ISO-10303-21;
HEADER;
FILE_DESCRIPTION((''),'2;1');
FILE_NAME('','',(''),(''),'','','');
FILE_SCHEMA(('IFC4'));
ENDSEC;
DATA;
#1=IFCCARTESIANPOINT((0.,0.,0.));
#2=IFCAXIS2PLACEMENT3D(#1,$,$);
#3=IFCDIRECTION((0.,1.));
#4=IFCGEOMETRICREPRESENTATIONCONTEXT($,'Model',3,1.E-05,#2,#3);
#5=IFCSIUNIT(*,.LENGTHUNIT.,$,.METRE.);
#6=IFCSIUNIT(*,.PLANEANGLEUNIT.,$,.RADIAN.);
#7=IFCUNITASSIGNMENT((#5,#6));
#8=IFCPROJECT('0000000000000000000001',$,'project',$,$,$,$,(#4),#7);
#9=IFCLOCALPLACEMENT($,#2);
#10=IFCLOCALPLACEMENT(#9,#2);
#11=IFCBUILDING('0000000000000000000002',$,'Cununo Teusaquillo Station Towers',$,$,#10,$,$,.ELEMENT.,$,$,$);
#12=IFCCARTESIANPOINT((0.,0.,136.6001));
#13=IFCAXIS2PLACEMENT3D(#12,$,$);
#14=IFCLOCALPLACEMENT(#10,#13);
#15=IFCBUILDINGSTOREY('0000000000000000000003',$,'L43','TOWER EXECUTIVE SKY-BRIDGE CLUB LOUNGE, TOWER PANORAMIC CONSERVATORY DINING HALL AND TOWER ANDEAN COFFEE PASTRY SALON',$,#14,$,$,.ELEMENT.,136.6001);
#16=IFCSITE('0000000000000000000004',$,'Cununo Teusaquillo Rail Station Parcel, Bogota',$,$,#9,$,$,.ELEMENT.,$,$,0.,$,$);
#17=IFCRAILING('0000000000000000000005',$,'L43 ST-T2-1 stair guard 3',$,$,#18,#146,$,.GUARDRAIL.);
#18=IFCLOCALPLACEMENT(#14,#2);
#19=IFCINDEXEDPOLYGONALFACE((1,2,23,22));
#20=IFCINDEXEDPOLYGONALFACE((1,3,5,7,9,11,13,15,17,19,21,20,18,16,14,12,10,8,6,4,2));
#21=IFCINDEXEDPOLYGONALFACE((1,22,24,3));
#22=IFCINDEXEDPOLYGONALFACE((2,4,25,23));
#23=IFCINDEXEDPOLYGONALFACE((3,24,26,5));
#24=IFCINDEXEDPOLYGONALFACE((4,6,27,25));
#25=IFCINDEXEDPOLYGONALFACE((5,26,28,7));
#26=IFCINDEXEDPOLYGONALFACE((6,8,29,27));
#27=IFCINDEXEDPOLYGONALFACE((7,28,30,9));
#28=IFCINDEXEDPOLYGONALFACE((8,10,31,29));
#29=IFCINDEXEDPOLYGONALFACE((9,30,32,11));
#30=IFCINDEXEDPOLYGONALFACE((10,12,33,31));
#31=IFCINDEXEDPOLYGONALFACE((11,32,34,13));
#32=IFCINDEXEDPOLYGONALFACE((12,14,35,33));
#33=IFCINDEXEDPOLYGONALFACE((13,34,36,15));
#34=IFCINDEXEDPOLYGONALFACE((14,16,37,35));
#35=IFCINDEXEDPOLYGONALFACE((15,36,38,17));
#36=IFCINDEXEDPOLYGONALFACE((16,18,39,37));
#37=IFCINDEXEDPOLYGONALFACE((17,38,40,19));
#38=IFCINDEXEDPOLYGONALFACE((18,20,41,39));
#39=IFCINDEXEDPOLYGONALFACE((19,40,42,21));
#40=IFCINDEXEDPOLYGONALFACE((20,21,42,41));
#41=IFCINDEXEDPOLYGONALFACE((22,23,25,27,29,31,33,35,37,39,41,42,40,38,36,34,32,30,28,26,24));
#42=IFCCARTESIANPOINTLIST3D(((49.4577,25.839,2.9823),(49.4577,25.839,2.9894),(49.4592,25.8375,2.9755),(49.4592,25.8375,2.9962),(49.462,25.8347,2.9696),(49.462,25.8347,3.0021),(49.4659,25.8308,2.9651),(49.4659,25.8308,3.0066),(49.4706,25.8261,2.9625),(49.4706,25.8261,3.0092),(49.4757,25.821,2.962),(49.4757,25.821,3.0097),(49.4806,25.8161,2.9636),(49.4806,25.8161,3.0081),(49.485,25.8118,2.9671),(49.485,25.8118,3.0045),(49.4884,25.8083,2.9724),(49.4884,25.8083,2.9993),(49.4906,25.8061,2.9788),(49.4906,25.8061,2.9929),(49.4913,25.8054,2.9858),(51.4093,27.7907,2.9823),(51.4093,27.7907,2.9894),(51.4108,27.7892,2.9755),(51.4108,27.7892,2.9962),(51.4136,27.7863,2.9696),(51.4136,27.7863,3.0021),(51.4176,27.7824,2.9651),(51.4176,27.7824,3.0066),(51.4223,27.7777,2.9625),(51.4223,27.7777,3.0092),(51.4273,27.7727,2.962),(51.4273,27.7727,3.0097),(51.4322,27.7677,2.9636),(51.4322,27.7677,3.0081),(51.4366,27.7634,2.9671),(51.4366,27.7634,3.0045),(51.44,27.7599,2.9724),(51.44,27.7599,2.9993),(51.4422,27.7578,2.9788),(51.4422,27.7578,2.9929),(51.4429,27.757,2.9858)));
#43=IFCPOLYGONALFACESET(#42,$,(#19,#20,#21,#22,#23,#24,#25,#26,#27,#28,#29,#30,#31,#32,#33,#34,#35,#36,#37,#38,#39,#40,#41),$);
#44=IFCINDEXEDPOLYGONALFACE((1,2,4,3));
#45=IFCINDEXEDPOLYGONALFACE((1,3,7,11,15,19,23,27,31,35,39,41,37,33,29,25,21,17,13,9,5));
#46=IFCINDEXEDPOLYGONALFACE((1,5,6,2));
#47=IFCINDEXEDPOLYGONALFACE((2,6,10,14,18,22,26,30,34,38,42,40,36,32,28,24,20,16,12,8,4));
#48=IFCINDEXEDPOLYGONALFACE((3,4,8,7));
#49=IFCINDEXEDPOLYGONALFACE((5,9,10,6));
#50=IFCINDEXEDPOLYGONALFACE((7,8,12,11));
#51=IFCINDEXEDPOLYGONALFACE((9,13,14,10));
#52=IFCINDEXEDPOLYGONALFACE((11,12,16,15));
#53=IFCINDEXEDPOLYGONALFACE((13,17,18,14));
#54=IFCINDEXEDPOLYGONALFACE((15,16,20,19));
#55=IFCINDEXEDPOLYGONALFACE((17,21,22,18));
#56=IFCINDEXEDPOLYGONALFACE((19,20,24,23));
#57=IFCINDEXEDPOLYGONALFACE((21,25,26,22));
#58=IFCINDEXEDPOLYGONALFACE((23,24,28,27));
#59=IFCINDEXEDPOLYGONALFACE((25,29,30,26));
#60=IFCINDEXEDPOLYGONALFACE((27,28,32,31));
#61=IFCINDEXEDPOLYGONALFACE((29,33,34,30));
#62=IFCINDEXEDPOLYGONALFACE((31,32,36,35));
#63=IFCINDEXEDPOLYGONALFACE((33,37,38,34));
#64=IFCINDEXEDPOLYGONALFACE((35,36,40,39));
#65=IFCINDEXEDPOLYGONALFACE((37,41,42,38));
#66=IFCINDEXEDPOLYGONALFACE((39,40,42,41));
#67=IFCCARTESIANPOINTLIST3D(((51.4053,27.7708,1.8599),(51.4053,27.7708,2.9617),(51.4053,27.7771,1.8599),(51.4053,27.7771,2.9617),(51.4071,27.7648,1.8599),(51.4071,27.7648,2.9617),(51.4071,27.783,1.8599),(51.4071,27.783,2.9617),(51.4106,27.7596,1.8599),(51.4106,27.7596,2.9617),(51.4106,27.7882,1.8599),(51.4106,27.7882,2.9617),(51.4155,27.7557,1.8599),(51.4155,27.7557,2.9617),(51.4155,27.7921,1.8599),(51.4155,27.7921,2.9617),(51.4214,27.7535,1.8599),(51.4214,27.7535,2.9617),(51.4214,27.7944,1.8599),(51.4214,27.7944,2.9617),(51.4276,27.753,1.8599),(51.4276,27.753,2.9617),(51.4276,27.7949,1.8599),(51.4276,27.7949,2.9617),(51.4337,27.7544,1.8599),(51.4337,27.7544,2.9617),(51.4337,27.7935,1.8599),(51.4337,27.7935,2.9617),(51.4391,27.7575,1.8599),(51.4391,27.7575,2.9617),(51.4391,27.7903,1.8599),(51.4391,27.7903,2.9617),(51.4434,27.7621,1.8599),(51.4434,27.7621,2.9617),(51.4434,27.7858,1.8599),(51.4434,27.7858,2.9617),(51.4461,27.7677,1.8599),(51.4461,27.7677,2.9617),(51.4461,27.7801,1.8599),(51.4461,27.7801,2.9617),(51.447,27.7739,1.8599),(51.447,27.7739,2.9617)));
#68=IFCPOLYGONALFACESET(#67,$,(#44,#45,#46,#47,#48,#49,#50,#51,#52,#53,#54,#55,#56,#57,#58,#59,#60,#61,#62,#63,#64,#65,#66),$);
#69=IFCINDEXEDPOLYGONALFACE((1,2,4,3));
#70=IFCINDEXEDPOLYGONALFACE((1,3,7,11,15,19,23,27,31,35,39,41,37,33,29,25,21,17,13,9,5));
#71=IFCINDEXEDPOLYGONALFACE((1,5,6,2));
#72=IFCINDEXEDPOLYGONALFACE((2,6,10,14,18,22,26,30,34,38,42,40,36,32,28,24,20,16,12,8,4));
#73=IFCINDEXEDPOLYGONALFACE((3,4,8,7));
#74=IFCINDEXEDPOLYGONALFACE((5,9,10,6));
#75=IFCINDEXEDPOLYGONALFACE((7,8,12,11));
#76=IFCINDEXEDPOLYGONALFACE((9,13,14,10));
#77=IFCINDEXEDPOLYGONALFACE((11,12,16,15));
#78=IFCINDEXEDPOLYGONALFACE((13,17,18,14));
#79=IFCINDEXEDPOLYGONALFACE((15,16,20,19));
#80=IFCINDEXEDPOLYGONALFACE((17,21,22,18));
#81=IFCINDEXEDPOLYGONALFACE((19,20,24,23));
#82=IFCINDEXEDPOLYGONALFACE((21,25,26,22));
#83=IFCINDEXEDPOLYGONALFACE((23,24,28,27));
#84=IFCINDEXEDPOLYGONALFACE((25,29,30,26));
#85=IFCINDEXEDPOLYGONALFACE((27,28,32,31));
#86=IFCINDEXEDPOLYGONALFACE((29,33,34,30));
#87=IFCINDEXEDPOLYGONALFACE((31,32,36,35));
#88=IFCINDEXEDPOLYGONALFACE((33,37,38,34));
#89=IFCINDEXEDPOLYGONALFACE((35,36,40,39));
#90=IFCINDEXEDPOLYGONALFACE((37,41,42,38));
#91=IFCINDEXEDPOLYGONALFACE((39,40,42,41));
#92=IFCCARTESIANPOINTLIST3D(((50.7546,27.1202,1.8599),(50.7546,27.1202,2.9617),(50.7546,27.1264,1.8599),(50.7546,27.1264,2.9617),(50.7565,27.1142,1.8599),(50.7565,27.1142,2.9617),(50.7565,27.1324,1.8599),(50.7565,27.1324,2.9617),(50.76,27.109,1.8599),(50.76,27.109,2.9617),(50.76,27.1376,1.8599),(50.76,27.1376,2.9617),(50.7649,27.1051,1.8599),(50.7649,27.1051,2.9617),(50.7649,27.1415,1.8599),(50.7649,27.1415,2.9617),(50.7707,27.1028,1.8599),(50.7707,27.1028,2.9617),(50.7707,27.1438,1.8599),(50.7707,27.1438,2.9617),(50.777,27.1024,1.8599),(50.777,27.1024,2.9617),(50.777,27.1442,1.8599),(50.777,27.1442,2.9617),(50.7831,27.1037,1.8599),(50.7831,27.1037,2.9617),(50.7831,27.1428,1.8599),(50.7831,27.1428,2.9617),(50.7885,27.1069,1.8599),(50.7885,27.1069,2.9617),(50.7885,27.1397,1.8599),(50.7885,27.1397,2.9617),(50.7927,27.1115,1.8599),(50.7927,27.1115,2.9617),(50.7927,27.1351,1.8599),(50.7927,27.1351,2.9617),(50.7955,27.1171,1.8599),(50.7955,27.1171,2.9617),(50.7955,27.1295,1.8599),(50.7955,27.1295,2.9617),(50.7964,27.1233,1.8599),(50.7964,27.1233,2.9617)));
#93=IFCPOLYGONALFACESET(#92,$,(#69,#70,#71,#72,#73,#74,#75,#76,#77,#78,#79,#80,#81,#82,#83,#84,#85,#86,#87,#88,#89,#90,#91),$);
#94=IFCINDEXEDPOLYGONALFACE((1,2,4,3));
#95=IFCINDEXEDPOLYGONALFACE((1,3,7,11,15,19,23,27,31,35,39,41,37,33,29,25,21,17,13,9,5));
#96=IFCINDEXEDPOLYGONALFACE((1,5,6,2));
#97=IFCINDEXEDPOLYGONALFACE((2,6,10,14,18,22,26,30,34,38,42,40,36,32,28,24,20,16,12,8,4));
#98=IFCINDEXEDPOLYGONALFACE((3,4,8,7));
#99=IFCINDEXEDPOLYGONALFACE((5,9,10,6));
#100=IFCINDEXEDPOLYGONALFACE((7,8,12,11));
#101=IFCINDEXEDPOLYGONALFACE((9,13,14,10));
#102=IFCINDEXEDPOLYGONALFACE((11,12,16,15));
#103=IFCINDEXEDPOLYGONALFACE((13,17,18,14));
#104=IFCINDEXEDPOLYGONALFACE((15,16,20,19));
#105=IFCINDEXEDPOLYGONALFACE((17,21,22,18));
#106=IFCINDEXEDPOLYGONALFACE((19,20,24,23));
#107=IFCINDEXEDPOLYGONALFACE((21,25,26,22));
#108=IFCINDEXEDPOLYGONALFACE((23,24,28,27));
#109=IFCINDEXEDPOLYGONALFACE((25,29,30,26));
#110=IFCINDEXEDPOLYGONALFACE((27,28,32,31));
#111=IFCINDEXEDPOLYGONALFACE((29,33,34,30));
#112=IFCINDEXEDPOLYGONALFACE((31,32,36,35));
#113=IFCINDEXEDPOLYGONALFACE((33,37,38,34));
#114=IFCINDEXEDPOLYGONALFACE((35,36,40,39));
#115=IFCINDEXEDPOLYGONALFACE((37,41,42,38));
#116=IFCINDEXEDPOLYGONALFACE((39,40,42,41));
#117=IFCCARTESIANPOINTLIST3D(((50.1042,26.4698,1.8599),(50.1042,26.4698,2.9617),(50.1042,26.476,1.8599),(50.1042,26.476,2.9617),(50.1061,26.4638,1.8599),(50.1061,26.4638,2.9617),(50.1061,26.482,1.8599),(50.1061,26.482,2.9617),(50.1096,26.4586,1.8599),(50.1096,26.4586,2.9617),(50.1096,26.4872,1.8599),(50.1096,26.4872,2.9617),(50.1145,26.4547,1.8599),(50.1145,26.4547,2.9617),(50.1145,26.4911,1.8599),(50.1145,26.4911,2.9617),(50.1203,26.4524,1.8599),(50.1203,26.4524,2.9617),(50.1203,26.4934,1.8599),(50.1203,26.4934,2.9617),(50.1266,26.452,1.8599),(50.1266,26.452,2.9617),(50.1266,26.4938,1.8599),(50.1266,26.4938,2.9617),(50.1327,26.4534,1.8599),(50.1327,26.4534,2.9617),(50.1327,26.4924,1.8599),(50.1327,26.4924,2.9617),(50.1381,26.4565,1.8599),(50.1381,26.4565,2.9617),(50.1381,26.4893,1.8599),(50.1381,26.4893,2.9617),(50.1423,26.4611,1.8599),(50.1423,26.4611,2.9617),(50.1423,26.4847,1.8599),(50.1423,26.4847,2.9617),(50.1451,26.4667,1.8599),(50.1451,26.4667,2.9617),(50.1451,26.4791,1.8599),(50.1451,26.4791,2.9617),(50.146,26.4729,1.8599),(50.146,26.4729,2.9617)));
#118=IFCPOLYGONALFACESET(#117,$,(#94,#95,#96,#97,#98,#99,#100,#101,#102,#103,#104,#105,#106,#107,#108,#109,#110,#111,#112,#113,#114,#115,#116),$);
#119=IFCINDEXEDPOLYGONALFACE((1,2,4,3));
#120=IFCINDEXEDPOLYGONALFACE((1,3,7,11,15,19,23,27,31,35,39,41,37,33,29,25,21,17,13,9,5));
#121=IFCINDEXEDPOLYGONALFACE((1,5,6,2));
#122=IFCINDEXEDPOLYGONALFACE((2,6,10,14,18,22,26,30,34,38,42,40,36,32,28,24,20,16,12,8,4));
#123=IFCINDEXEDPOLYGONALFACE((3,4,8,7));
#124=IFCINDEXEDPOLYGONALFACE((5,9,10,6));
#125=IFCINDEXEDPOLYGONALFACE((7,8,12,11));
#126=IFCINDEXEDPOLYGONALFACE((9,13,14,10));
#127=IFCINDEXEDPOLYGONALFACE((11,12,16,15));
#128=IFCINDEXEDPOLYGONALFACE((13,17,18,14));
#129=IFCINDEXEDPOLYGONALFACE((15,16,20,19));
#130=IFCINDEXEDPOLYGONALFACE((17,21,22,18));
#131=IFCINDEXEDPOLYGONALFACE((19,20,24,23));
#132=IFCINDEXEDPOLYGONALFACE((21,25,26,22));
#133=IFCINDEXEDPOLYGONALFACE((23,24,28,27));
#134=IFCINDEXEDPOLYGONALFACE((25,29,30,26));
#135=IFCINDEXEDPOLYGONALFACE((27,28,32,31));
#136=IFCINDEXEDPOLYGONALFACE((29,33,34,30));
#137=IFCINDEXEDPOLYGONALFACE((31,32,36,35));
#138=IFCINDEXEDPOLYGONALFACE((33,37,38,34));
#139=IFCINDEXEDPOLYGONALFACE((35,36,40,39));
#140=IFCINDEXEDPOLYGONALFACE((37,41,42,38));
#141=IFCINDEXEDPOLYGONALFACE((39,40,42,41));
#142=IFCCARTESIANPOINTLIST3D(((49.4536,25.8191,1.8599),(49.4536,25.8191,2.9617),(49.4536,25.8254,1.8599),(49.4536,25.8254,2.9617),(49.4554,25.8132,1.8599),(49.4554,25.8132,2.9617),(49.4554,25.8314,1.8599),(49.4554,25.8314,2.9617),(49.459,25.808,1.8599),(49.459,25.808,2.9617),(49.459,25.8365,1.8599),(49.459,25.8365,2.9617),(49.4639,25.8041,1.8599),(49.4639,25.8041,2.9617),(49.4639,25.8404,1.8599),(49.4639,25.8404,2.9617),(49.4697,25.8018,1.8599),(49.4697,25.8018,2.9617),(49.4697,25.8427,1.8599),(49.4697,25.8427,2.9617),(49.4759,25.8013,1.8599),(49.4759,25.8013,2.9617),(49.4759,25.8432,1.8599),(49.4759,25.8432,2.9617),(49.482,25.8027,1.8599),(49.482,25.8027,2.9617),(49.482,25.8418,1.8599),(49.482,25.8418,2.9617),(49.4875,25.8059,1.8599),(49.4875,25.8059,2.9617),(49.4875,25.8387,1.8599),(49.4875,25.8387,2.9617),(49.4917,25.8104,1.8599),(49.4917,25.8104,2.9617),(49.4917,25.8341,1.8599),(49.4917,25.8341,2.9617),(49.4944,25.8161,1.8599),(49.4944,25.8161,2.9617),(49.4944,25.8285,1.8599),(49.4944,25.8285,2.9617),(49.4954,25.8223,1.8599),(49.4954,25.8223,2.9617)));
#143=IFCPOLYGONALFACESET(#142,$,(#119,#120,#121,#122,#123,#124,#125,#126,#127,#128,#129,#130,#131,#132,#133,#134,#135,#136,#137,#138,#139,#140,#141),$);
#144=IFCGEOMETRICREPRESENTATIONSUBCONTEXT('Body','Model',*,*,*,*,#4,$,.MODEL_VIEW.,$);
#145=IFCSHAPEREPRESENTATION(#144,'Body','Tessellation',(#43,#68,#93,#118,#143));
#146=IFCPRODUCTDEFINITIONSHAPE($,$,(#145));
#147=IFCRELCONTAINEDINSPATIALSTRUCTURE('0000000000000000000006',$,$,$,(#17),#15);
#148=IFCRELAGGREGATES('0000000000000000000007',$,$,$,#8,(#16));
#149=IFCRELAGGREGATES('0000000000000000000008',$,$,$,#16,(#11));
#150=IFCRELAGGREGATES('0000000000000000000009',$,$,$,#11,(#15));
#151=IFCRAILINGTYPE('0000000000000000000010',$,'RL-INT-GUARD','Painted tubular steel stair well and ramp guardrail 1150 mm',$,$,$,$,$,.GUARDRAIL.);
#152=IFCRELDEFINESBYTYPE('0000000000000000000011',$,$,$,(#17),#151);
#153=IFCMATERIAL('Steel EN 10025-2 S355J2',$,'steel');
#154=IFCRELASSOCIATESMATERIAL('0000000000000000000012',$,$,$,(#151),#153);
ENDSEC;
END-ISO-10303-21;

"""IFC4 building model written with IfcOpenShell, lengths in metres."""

from ifc_helpers import new_model, si_unit, direction, frame, origin, origin_2d, place, context, subcontext, project, spatial, circle, extrude, material, type_object, element, save


model = new_model("IFC4")

# Units and contexts
model_context = context("Model", 3, precision=1e-05, world=origin(), true_north=direction((0.0, 1.0)))
body_context = subcontext(model_context, "Body", "Model", "MODEL_VIEW")
ifc_project = project(units=[si_unit("LENGTHUNIT", "METRE"), si_unit("PLANEANGLEUNIT", "RADIAN")], contexts=[model_context])

# Site, building, storey
site_placement = place(None, origin())
site = spatial("IfcSite", under=ifc_project, at=site_placement, Name="Cununo Teusaquillo Rail Station Parcel, Bogota", CompositionType="ELEMENT", RefElevation=0.0)
building_placement = place(site_placement, origin())
building = spatial("IfcBuilding", under=site, at=building_placement, Name="Cununo Teusaquillo Station Towers", CompositionType="ELEMENT")
storey_placement = place(building_placement, frame((0.0, 0.0, 136.6001)))
storey = spatial("IfcBuildingStorey", under=building, at=storey_placement, Name="L43", Description="TOWER EXECUTIVE SKY-BRIDGE CLUB LOUNGE, TOWER PANORAMIC CONSERVATORY DINING HALL AND TOWER ANDEAN COFFEE PASTRY SALON", CompositionType="ELEMENT", Elevation=136.6001)

# Railing
ifc_material_1 = material(Name="Steel EN 10025-2 S355J2", Category="steel")
railing_type = type_object("IfcRailingType", Name="RL-INT-GUARD", Description="Painted tubular steel stair well and ramp guardrail 1150 mm", PredefinedType="GUARDRAIL", material=ifc_material_1)
railing_1_placement = place(storey_placement, frame((51.426, 27.7739, 1.8599)))
element("IfcRailing", 1, at=railing_1_placement, inside=storey, type_object=railing_type, Name="L43 ST-T2-1 stair guard 3", PredefinedType="GUARDRAIL", context=body_context, shape_type="SweptSolid", body=[
    extrude(circle(Radius=0.0239, at=origin_2d()), frame((0.0, 0.0, 1.126), z_axis=(-0.707107, -0.707107, 0.0), x_axis=(0.707107, -0.707107, 0.0)), (0.0, 0.0, 1.0), 2.76),
    extrude(circle(Radius=0.021, at=origin_2d()), origin(), (0.0, 0.0, 1.0), 1.1018),
    extrude(circle(Radius=0.021, at=origin_2d()), frame((-0.6506, -0.6506, 0.0)), (0.0, 0.0, 1.0), 1.1018),
    extrude(circle(Radius=0.021, at=origin_2d()), frame((-1.301, -1.301, 0.0)), (0.0, 0.0, 1.0), 1.1018),
    extrude(circle(Radius=0.021, at=origin_2d()), frame((-1.9517, -1.9517, 0.0)), (0.0, 0.0, 1.0), 1.1018),
])

save(model, "model.ifc")
